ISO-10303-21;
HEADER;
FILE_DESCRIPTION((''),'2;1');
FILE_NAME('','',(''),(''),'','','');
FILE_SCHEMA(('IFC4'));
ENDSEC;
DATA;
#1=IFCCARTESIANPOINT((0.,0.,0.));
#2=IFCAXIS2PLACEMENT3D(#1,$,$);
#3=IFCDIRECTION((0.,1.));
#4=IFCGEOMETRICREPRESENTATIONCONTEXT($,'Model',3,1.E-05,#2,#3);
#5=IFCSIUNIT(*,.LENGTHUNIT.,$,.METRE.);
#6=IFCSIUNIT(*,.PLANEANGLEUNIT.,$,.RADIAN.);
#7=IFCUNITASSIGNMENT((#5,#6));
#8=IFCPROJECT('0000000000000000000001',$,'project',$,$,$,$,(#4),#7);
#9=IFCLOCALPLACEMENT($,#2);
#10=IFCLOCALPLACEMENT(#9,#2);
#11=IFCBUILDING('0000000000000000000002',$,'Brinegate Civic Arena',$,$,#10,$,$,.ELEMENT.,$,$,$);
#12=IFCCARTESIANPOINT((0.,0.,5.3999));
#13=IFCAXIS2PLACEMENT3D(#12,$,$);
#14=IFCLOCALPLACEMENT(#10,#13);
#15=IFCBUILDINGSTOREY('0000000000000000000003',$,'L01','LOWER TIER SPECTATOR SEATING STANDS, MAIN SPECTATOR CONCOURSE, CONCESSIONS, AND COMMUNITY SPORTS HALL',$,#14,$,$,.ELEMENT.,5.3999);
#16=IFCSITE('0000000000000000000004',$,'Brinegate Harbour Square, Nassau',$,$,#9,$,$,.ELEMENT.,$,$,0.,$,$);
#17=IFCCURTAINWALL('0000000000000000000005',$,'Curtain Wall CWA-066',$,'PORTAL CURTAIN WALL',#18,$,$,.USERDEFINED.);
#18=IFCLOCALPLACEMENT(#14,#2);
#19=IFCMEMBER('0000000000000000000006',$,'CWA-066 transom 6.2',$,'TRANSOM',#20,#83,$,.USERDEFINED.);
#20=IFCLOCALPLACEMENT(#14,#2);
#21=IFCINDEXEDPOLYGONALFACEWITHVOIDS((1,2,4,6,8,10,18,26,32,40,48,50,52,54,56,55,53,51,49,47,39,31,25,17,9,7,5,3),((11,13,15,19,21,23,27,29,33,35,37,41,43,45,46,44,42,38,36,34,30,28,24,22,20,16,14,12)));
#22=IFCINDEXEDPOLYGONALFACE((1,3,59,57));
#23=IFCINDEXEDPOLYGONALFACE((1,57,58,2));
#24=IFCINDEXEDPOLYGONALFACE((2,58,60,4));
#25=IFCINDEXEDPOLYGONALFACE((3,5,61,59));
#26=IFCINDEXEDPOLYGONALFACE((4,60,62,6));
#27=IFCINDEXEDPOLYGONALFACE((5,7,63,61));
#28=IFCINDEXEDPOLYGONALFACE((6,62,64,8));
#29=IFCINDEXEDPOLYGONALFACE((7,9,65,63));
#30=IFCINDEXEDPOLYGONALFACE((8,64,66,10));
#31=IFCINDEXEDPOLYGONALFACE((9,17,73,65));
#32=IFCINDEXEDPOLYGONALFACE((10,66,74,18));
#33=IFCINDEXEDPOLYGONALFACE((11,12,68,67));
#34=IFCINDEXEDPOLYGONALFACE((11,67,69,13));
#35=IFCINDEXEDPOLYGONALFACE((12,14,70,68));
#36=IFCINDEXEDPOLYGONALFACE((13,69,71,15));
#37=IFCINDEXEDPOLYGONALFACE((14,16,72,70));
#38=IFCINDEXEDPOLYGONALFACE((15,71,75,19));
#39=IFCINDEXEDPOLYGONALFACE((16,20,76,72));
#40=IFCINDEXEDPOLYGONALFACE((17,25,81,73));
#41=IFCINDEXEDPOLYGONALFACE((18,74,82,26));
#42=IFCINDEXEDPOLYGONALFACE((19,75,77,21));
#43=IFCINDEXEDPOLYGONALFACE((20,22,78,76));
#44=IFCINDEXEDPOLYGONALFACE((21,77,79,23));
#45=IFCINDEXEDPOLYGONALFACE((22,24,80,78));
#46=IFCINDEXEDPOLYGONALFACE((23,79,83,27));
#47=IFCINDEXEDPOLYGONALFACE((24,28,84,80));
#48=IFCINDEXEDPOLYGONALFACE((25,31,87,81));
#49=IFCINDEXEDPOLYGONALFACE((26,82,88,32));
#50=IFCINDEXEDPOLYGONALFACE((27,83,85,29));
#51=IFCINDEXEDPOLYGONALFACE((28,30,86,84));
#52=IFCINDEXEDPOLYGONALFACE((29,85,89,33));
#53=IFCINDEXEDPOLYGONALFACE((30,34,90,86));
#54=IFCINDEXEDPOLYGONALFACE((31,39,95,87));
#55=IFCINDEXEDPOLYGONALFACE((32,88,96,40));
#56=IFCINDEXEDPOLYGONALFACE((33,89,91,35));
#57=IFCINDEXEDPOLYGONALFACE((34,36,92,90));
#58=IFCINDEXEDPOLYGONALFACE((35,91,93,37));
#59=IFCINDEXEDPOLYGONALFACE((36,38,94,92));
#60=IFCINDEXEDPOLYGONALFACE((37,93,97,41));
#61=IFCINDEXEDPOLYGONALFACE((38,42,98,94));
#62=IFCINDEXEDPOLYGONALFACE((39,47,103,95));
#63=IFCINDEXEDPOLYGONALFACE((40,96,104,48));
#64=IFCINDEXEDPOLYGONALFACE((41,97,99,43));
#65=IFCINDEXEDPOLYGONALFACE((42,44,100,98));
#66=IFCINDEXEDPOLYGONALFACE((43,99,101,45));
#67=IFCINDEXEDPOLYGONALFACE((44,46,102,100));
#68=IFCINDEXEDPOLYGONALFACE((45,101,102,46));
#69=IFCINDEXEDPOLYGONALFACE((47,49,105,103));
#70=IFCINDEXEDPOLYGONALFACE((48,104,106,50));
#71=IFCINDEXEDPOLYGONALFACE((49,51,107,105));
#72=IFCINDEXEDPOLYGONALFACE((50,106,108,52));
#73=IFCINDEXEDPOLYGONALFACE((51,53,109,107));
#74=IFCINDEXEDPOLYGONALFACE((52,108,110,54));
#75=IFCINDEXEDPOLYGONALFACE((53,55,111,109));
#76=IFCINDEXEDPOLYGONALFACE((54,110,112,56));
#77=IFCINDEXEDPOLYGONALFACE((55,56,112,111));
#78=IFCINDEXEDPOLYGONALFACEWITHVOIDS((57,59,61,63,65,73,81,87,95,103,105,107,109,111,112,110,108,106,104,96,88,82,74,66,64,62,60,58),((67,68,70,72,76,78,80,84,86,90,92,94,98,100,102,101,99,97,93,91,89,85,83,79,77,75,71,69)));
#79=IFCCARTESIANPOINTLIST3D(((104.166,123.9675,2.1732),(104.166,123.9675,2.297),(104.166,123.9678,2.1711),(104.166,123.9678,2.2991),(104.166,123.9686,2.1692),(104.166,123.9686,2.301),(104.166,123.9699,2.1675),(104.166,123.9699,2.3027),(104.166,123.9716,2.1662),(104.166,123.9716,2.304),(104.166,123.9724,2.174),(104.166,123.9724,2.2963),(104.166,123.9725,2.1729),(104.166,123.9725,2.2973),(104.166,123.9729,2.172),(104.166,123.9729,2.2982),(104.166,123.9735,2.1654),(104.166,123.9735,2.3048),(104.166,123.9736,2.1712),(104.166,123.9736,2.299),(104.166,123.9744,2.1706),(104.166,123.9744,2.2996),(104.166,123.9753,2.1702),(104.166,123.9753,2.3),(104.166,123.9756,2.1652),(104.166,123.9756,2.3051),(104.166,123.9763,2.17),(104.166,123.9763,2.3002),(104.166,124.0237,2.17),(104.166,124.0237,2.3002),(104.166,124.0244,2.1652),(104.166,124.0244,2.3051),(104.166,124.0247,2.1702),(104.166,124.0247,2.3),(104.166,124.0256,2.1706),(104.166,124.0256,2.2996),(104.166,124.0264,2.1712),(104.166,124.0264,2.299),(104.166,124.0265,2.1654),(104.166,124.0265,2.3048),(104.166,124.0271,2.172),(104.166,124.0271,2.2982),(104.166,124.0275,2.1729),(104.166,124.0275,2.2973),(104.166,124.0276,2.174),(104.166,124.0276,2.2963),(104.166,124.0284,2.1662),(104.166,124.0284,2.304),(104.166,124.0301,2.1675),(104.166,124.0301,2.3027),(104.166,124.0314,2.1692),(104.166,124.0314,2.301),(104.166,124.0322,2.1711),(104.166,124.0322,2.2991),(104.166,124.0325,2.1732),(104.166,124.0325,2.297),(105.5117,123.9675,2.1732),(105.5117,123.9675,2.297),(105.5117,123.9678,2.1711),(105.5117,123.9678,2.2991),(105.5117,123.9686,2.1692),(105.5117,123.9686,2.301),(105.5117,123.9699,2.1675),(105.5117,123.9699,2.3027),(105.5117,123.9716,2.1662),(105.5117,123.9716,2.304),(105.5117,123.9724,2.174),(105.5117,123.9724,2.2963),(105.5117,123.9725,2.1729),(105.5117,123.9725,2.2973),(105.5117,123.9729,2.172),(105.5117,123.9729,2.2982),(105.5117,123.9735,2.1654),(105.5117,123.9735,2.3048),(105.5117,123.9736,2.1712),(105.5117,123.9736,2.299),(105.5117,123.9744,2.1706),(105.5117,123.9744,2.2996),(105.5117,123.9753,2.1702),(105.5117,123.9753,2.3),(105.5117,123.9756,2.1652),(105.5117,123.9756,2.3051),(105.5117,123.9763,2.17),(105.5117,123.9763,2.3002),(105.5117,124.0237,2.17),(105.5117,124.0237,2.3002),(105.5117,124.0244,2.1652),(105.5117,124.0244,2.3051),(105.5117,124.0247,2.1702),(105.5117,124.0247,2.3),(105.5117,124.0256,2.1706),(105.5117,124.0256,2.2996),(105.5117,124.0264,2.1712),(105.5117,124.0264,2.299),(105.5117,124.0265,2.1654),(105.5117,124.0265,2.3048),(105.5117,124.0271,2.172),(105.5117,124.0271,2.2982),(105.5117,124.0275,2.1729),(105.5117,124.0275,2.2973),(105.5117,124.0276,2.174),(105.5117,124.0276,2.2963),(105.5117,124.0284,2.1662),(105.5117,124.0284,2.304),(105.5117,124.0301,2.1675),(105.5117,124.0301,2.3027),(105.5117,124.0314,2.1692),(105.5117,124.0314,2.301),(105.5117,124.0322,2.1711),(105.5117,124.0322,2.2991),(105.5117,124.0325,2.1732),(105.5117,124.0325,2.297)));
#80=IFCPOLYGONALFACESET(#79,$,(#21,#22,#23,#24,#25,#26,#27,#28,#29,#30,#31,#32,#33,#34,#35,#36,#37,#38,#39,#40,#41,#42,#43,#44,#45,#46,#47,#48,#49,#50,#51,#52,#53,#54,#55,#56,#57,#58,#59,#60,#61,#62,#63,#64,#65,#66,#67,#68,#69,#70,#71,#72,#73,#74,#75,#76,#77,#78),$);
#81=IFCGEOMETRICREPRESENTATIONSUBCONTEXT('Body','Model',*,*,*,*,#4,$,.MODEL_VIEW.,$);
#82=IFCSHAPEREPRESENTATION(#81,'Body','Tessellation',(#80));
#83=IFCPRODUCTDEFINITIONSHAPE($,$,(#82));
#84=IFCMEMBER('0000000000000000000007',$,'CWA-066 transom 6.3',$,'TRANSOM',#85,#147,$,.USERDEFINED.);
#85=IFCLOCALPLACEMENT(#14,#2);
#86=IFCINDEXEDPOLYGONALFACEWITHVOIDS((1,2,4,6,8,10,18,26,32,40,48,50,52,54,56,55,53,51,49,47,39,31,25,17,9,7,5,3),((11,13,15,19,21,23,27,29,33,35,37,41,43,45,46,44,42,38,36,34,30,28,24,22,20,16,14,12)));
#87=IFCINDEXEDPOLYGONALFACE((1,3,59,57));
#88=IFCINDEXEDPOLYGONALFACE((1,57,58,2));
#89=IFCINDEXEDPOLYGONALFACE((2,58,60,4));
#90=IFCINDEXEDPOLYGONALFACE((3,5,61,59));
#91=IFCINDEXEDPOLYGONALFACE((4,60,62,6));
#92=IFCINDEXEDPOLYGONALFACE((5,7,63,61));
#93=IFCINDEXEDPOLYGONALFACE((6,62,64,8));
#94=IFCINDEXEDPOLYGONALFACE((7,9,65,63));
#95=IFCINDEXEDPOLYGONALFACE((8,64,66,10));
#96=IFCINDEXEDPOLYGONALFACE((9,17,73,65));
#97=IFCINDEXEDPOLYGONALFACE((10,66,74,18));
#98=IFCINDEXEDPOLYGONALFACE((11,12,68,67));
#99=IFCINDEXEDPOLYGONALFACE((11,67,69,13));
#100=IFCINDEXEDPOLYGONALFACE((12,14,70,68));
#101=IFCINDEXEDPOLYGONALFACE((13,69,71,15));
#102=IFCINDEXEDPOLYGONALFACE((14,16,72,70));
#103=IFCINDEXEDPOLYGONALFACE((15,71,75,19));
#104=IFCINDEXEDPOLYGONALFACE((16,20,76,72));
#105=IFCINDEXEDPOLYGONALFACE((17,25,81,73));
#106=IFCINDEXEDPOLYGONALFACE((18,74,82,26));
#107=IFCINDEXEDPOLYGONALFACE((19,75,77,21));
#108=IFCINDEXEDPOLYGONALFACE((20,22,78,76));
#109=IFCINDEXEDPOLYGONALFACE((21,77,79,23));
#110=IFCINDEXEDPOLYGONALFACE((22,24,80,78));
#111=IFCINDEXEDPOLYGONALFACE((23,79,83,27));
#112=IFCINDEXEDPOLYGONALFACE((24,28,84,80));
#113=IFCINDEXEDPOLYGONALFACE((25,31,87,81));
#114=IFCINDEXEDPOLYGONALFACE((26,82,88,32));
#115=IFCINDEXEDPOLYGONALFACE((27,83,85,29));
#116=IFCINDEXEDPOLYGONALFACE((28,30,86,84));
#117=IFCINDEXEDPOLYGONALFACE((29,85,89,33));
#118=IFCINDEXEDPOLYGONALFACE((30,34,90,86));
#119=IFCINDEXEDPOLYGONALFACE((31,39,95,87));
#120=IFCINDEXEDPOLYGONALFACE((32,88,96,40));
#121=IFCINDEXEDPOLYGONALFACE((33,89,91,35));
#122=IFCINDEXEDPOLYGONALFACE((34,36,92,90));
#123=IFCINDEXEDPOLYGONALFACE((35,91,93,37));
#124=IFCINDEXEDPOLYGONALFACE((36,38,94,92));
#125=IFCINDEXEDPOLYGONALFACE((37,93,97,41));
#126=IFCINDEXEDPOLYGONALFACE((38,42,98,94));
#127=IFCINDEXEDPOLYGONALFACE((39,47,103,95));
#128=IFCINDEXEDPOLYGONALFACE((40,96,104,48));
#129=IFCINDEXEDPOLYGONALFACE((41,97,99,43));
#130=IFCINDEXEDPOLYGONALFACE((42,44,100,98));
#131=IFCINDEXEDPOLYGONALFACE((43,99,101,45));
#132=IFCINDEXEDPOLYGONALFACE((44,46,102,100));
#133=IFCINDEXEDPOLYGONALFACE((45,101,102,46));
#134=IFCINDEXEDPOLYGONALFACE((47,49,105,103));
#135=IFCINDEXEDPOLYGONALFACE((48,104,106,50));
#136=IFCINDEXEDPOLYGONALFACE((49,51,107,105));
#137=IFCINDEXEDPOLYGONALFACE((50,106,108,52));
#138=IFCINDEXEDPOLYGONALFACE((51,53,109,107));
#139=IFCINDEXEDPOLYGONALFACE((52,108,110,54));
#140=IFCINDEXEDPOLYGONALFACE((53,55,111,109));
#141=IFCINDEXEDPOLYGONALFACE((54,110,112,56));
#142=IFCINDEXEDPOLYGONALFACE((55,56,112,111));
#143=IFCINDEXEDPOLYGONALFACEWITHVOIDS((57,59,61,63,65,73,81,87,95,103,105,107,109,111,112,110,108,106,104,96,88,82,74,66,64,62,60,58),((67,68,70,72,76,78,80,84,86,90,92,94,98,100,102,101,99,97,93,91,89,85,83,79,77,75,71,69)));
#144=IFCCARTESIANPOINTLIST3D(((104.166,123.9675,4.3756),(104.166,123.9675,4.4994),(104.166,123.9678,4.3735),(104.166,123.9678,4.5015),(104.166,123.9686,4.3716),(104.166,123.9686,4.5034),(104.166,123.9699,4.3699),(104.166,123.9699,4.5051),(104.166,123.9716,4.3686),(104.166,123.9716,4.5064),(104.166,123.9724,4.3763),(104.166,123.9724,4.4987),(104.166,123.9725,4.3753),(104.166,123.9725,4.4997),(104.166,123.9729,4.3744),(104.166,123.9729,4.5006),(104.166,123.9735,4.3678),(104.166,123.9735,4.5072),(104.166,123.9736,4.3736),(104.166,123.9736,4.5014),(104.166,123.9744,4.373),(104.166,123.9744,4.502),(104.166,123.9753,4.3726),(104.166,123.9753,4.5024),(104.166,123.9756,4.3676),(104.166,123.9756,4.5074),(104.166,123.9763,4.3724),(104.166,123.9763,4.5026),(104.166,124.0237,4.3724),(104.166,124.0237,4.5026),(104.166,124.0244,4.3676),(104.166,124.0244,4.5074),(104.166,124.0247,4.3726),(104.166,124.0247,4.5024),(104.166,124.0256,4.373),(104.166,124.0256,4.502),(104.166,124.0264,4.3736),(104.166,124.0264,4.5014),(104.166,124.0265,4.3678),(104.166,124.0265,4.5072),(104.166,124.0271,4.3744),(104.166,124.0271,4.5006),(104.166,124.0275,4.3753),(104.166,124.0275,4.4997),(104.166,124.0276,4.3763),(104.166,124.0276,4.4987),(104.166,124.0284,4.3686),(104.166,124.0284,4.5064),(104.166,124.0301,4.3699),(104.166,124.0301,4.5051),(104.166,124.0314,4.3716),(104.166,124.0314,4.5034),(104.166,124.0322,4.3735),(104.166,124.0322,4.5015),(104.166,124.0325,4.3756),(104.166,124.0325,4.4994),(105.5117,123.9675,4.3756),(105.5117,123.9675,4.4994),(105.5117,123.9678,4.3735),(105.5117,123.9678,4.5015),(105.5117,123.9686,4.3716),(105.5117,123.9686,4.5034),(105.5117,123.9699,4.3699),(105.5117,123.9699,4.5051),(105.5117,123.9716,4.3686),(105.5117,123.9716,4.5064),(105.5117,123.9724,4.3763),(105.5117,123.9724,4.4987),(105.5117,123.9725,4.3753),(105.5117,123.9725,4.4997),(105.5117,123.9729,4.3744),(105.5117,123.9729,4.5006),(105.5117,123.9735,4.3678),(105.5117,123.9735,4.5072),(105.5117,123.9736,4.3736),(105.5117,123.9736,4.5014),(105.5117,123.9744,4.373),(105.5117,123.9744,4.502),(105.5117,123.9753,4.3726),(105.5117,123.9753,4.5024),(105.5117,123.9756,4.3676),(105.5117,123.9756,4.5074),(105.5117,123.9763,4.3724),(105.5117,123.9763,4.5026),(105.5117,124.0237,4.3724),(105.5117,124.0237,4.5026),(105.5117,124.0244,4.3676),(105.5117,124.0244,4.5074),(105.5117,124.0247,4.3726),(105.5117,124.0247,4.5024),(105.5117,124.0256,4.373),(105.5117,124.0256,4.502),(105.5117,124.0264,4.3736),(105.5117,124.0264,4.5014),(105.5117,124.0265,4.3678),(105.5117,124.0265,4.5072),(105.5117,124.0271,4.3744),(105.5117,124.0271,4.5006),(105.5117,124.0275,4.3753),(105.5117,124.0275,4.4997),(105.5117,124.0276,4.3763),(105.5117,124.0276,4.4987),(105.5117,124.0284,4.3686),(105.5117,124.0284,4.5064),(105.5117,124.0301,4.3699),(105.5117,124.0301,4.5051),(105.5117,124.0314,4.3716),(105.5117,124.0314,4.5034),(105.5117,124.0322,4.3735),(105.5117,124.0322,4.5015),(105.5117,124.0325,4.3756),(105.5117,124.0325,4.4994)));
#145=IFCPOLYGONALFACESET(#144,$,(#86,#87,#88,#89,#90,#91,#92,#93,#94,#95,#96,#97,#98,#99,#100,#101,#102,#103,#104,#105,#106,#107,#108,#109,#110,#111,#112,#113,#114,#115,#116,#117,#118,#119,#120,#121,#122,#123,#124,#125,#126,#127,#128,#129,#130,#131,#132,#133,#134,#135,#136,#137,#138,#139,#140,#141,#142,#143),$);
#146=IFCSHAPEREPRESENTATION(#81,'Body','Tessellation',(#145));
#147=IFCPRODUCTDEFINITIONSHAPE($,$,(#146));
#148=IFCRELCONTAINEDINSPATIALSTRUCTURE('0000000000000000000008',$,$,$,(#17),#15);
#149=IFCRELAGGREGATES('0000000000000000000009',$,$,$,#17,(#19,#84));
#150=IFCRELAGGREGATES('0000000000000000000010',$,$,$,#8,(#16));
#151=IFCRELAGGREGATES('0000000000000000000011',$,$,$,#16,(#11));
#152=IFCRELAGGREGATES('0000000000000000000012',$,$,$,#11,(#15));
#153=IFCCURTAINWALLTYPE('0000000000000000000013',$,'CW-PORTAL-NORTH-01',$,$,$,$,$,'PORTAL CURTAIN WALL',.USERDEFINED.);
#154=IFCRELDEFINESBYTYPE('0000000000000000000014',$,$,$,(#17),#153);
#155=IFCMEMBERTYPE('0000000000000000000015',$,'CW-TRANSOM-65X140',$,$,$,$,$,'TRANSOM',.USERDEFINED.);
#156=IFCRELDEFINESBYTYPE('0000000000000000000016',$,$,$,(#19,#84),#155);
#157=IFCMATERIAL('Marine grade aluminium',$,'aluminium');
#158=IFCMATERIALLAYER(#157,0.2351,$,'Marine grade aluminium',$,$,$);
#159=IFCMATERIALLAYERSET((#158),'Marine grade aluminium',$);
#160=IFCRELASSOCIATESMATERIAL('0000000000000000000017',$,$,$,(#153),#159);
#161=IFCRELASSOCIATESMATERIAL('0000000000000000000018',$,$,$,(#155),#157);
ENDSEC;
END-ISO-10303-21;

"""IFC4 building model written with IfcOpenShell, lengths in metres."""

from ifc_helpers import new_model, si_unit, direction, frame, origin, origin_2d, place, context, subcontext, project, spatial, hollow_rectangle, extrude, material, layer, layer_set, material_profile, profile_set, type_object, element, aggregate, save


model = new_model("IFC4")

# Units and contexts
model_context = context("Model", 3, precision=1e-05, world=origin(), true_north=direction((0.0, 1.0)))
body_context = subcontext(model_context, "Body", "Model", "MODEL_VIEW")
ifc_project = project(units=[si_unit("LENGTHUNIT", "METRE"), si_unit("PLANEANGLEUNIT", "RADIAN")], contexts=[model_context])

# Site, building, storey
site_placement = place(None, origin())
site = spatial("IfcSite", under=ifc_project, at=site_placement, Name="Brinegate Harbour Square, Nassau", CompositionType="ELEMENT", RefElevation=0.0)
building_placement = place(site_placement, origin())
building = spatial("IfcBuilding", under=site, at=building_placement, Name="Brinegate Civic Arena", CompositionType="ELEMENT")
storey_placement = place(building_placement, frame((0.0, 0.0, 5.3999)))
storey = spatial("IfcBuildingStorey", under=building, at=storey_placement, Name="L01", Description="LOWER TIER SPECTATOR SEATING STANDS, MAIN SPECTATOR CONCOURSE, CONCESSIONS, AND COMMUNITY SPORTS HALL", CompositionType="ELEMENT", Elevation=5.3999)

# Curtain wall, members
ifc_material_1 = material(Name="Marine grade aluminium", Category="aluminium")
ifc_layer_1 = layer(ifc_material_1, 0.2351, Name="Marine grade aluminium")
ifc_layer_set_1 = layer_set([ifc_layer_1], Name="Marine grade aluminium")
curtain_wall_type = type_object("IfcCurtainWallType", Name="CW-PORTAL-NORTH-01", ElementType="PORTAL CURTAIN WALL", PredefinedType="USERDEFINED", material=ifc_layer_set_1)
curtain_wall_placement = place(storey_placement, origin())
curtain_wall = element("IfcCurtainWall", 1, at=curtain_wall_placement, inside=storey, type_object=curtain_wall_type, Name="Curtain Wall CWA-066", ObjectType="PORTAL CURTAIN WALL", PredefinedType="USERDEFINED")
ifc_material_profile_1 = material_profile(ifc_material_1, hollow_rectangle(XDim=0.0649, YDim=0.1399, WallThickness=0.0049, InnerFilletRadius=0.0039, OuterFilletRadius=0.0081, at=origin_2d()), Name="TRN65X140")
ifc_profile_set_1 = profile_set([ifc_material_profile_1], Name="Marine grade aluminium")
member_type_1 = type_object("IfcMemberType", Name="CW-TRANSOM-65X140", ElementType="TRANSOM", PredefinedType="USERDEFINED", material=ifc_profile_set_1)
member_1_placement = place(storey_placement, frame((104.166, 124.0, 2.2351), z_axis=(1.0, 0.0, 0.0), x_axis=(0.0, 1.0, 0.0)))
member_1 = element("IfcMember", 2, at=member_1_placement, type_object=member_type_1, Name="CWA-066 transom 6.2", ObjectType="TRANSOM", PredefinedType="USERDEFINED", context=body_context, shape_type="SweptSolid", body=[
    extrude(hollow_rectangle(XDim=0.0649, YDim=0.1399, WallThickness=0.0049, InnerFilletRadius=0.0039, OuterFilletRadius=0.0081, at=origin_2d()), origin(), (0.0, 0.0, 1.0), 1.3457),
])
member_2_placement = place(storey_placement, frame((104.166, 124.0, 4.4375), z_axis=(1.0, 0.0, 0.0), x_axis=(0.0, 1.0, 0.0)))
member_2 = element("IfcMember", 3, at=member_2_placement, type_object=member_type_1, Name="CWA-066 transom 6.3", ObjectType="TRANSOM", PredefinedType="USERDEFINED", context=body_context, shape_type="SweptSolid", body=[
    extrude(hollow_rectangle(XDim=0.0649, YDim=0.1399, WallThickness=0.0049, InnerFilletRadius=0.0039, OuterFilletRadius=0.0081, at=origin_2d()), origin(), (0.0, 0.0, 1.0), 1.3457),
])
aggregate(curtain_wall, [member_1, member_2])

save(model, "model.ifc")
